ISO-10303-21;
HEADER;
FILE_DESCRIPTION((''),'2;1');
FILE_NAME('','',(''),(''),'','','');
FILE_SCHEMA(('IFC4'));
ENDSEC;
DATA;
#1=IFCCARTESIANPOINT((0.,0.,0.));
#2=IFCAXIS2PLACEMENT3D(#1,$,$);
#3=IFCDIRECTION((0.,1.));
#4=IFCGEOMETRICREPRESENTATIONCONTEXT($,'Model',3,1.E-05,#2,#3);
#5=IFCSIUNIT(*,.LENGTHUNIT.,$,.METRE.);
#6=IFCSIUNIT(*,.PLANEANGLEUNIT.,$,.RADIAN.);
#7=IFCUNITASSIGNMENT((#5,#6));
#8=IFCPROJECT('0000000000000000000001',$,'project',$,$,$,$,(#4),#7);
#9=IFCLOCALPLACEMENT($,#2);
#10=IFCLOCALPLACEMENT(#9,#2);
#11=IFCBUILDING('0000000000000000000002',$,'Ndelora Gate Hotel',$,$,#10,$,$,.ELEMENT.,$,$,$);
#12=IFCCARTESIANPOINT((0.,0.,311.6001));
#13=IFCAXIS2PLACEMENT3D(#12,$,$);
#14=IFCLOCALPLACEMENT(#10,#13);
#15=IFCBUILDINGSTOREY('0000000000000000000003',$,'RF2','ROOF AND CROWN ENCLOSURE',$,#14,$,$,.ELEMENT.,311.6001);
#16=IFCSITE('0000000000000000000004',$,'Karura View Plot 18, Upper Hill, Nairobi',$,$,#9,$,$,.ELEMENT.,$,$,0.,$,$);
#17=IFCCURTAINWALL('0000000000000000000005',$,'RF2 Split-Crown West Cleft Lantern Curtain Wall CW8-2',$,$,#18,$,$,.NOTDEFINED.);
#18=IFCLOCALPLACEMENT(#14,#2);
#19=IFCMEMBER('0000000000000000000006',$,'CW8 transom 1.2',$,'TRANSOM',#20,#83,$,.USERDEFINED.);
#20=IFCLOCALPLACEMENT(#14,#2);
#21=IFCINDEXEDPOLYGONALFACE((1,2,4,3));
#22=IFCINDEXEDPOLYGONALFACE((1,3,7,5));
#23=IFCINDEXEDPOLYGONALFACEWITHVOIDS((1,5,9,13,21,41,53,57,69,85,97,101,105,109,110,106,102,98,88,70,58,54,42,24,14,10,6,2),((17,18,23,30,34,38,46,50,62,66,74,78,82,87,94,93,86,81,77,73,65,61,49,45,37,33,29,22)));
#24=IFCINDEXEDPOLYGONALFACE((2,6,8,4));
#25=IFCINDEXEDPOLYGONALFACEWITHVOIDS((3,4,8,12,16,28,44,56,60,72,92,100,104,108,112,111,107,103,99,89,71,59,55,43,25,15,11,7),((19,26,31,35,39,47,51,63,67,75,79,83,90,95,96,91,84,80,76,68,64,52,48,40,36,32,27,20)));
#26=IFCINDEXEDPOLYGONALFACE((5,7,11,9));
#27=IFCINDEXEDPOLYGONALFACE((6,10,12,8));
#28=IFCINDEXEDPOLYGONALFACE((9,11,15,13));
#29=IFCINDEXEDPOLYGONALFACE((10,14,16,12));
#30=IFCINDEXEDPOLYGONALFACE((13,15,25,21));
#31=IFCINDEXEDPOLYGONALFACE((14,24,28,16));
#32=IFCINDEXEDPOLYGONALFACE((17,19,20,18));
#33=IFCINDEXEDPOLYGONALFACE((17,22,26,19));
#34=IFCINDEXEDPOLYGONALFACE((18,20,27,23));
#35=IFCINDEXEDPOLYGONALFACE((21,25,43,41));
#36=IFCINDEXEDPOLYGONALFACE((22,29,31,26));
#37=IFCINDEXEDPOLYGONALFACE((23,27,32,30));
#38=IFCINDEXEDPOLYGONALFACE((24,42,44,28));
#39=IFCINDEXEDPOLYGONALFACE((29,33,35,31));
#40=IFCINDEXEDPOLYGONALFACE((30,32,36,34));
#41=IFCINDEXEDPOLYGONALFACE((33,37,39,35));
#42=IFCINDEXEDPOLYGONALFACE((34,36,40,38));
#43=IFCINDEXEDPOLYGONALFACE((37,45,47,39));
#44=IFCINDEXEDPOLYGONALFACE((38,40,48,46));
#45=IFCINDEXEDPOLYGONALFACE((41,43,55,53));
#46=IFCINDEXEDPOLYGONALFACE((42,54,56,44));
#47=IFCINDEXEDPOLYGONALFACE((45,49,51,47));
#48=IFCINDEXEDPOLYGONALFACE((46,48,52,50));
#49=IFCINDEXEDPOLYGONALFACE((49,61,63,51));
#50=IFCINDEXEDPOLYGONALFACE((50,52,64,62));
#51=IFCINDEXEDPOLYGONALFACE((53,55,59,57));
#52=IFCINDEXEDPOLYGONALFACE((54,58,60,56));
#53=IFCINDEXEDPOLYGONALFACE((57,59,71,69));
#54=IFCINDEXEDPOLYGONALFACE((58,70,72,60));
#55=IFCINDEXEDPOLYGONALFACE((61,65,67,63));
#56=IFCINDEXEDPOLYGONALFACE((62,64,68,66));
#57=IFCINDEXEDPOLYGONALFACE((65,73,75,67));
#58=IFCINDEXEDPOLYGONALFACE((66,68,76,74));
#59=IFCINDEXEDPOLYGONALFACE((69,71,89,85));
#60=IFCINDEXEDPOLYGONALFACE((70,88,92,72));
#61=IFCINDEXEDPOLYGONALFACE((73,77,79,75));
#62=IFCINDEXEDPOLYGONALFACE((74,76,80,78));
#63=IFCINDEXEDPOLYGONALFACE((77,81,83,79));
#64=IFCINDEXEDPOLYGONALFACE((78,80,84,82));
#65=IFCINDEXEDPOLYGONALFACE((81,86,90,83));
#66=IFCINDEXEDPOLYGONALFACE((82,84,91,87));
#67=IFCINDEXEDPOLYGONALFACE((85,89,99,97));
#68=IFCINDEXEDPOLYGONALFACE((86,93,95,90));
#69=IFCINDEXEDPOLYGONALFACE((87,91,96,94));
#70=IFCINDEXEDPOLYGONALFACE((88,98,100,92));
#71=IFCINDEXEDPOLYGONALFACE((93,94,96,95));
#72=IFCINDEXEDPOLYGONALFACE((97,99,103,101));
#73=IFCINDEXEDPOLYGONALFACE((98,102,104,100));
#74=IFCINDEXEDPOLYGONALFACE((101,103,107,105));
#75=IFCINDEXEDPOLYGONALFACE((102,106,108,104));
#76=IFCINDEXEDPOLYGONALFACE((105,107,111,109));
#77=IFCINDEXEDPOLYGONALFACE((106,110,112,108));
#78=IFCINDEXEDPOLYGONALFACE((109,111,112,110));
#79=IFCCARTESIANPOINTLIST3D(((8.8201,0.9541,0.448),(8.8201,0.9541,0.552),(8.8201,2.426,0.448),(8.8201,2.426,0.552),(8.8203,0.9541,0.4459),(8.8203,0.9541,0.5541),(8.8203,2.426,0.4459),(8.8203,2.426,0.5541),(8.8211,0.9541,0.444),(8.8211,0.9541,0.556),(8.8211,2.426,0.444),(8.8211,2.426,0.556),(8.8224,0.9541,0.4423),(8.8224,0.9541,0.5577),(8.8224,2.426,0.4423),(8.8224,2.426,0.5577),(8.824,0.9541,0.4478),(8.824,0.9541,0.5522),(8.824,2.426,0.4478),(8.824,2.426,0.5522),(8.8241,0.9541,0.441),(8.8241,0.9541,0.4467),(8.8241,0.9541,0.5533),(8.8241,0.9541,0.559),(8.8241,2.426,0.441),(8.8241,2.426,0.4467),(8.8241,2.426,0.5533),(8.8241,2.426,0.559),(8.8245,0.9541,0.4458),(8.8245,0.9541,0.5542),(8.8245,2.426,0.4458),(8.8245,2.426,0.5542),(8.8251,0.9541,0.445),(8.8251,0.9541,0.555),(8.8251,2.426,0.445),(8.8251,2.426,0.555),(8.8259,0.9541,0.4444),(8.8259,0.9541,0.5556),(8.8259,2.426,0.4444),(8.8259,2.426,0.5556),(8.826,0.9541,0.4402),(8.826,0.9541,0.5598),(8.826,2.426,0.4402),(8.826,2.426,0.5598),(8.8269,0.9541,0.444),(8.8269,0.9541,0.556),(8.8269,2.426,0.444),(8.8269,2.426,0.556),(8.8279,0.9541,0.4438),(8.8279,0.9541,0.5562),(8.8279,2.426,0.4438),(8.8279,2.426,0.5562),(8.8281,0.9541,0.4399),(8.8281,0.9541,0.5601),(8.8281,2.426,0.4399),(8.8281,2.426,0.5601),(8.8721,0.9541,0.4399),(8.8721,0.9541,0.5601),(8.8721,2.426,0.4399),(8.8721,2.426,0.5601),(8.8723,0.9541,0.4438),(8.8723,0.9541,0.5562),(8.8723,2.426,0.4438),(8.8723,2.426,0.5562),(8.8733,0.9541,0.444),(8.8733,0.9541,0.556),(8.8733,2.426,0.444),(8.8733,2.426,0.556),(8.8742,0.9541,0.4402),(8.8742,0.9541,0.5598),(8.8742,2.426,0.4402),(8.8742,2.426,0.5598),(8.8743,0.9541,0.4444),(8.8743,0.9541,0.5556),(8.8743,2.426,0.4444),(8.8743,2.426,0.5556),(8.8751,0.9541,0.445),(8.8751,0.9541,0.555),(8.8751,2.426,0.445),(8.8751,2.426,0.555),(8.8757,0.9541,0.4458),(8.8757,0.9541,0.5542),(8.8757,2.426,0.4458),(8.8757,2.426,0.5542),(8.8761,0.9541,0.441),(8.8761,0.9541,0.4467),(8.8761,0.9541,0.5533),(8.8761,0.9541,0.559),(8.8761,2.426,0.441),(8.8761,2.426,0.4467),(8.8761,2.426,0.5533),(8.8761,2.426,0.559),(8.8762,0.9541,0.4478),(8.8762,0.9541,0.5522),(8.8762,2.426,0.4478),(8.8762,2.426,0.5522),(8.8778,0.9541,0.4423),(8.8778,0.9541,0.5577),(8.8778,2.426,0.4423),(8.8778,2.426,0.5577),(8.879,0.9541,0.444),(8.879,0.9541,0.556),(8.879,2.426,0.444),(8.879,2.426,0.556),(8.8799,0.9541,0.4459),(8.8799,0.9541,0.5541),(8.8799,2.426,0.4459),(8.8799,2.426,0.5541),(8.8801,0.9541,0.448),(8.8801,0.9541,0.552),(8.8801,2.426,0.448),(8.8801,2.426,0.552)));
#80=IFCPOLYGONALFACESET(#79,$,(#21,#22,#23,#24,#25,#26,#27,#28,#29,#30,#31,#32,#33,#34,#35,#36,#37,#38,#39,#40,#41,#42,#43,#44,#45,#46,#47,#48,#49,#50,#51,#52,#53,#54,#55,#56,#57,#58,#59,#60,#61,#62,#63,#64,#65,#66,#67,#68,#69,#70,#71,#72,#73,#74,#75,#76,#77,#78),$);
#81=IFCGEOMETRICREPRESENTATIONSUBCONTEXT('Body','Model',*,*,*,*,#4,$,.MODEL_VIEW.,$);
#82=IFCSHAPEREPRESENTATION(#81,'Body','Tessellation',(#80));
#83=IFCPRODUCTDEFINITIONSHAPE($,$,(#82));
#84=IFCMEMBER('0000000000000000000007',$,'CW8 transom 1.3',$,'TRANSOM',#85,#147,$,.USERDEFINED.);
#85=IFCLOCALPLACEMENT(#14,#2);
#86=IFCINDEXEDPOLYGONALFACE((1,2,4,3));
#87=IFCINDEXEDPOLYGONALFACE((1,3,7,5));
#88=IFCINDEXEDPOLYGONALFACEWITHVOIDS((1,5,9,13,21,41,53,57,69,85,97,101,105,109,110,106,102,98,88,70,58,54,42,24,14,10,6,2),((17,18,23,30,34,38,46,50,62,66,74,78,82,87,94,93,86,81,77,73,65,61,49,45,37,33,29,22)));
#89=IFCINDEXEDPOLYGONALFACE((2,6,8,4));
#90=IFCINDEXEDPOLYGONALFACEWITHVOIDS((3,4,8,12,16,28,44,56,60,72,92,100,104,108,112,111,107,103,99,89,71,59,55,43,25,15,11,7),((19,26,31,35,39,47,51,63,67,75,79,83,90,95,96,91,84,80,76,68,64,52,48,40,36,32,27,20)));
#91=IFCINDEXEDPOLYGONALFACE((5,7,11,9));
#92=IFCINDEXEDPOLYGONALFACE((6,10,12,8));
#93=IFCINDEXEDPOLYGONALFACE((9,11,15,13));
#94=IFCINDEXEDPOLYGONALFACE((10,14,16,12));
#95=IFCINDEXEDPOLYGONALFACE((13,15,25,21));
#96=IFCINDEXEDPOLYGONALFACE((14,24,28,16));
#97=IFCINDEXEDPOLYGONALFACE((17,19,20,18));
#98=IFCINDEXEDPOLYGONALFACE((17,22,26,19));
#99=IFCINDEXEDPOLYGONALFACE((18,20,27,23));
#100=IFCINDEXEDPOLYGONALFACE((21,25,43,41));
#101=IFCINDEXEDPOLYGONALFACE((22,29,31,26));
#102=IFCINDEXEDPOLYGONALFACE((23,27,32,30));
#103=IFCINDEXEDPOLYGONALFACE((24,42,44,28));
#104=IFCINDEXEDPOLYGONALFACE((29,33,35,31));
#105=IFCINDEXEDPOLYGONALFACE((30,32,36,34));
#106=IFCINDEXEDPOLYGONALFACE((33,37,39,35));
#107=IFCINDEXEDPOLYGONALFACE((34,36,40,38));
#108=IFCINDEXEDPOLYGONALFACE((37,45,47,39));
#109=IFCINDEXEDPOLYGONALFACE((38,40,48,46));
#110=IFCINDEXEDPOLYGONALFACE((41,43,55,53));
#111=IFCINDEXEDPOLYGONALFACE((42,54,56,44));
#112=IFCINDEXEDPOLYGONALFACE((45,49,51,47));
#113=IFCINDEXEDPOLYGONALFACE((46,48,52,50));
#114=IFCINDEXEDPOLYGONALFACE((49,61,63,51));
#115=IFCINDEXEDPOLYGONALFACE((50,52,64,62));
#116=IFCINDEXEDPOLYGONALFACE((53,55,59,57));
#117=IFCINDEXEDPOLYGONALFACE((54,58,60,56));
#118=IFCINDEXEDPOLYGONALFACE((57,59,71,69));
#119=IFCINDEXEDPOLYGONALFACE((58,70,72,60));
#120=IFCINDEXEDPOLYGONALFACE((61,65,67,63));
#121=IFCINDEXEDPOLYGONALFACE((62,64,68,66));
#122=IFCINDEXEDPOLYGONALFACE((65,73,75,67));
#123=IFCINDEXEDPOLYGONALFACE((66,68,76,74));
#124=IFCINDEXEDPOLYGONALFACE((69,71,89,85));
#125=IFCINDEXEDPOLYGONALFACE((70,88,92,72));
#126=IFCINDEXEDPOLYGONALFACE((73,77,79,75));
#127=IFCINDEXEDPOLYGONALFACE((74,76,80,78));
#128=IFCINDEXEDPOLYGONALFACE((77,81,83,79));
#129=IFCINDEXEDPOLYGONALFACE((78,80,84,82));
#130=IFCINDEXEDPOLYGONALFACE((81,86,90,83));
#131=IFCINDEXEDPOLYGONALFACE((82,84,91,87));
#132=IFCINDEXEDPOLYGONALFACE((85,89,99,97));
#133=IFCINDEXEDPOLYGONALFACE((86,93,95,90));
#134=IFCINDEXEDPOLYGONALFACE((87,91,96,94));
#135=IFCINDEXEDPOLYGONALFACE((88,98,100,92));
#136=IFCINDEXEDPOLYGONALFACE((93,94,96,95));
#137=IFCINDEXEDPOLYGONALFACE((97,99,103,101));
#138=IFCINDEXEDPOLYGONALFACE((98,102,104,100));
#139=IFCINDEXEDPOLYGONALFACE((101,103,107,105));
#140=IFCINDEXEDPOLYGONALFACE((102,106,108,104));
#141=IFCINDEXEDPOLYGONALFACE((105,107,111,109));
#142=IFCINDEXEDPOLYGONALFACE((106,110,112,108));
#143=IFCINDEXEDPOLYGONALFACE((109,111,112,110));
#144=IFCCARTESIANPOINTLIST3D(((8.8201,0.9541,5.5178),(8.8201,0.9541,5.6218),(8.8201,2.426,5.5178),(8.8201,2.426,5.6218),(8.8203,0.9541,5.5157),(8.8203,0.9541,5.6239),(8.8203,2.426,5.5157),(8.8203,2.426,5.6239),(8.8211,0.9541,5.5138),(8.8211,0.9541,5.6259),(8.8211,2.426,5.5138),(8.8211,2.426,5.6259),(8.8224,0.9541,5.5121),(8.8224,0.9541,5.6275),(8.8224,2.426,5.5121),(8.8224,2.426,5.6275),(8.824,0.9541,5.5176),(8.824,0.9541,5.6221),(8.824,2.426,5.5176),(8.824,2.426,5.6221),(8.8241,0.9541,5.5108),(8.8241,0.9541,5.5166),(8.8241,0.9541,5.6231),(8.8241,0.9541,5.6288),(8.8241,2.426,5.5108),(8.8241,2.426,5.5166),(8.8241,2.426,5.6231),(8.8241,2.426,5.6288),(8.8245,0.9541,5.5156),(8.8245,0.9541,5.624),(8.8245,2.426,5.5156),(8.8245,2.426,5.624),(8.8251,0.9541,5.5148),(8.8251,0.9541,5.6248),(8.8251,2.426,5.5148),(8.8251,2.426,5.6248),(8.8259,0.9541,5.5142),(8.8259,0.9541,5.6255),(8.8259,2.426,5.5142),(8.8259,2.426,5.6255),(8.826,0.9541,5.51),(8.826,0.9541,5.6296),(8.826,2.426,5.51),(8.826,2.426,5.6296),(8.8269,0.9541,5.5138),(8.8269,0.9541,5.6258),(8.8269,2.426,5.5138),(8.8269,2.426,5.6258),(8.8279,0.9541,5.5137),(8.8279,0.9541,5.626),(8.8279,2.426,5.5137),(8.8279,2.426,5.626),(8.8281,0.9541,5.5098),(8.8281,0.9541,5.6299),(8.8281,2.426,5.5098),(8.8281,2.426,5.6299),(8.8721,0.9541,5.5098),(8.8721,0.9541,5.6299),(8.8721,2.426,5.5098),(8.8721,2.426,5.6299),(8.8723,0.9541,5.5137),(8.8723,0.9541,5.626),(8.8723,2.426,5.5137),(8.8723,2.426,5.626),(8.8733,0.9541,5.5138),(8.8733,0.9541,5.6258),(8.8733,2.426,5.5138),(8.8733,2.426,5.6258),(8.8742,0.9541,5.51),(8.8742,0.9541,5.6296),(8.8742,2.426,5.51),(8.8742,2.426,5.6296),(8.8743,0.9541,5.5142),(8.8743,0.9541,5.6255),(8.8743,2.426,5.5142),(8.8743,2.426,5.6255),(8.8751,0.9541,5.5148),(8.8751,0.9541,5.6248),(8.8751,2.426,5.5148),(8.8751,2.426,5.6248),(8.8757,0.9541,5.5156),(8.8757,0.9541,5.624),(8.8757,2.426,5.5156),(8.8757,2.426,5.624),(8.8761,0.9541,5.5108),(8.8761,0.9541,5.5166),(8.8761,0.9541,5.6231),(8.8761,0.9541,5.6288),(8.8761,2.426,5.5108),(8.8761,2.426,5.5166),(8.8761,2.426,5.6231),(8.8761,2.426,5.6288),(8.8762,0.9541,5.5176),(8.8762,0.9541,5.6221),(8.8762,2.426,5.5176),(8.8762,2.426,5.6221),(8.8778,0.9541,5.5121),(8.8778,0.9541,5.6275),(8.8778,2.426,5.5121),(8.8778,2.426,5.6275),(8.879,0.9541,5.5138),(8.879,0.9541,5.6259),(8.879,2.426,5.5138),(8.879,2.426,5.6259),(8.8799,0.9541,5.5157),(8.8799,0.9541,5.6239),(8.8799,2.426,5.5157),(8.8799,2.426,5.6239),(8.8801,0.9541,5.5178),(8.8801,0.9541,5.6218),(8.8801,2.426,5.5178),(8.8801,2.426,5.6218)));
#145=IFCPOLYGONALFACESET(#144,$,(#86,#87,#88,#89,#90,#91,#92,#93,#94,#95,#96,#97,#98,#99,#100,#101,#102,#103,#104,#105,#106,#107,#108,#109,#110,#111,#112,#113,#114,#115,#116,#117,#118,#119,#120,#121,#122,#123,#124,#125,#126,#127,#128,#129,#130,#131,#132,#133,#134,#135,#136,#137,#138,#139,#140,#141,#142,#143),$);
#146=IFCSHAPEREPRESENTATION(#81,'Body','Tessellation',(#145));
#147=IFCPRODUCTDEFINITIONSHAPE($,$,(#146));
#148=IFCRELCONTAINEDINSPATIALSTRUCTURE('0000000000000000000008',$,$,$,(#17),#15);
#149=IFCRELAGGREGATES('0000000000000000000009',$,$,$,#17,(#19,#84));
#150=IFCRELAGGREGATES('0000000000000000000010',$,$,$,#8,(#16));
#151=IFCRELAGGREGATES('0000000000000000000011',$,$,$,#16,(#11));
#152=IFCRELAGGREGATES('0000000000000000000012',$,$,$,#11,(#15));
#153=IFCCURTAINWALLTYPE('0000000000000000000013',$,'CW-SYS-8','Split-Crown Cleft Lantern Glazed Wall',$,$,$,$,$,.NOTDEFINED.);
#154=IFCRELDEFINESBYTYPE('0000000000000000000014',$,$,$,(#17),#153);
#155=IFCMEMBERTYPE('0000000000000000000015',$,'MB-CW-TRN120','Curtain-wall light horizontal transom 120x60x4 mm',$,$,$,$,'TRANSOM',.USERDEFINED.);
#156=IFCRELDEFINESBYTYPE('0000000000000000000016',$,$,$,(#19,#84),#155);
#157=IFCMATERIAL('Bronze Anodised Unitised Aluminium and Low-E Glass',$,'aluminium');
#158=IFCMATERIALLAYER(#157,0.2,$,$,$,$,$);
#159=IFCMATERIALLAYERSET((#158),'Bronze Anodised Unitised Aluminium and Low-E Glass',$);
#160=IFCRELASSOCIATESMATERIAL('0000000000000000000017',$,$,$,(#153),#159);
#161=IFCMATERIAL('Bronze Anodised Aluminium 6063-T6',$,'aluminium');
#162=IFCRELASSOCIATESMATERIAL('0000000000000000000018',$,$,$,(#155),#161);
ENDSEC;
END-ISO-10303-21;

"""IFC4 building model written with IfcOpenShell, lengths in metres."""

from ifc_helpers import new_model, si_unit, direction, frame, origin, origin_2d, place, context, subcontext, project, spatial, hollow_rectangle, extrude, material, layer, layer_set, material_profile, profile_set, type_object, element, aggregate, save


model = new_model("IFC4")

# Units and contexts
model_context = context("Model", 3, precision=1e-05, world=origin(), true_north=direction((0.0, 1.0)))
body_context = subcontext(model_context, "Body", "Model", "MODEL_VIEW")
ifc_project = project(units=[si_unit("LENGTHUNIT", "METRE"), si_unit("PLANEANGLEUNIT", "RADIAN")], contexts=[model_context])

# Site, building, storey
site_placement = place(None, origin())
site = spatial("IfcSite", under=ifc_project, at=site_placement, Name="Karura View Plot 18, Upper Hill, Nairobi", CompositionType="ELEMENT", RefElevation=0.0)
building_placement = place(site_placement, origin())
building = spatial("IfcBuilding", under=site, at=building_placement, Name="Ndelora Gate Hotel", CompositionType="ELEMENT")
storey_placement = place(building_placement, frame((0.0, 0.0, 311.6001)))
storey = spatial("IfcBuildingStorey", under=building, at=storey_placement, Name="RF2", Description="ROOF AND CROWN ENCLOSURE", CompositionType="ELEMENT", Elevation=311.6001)

# Curtain wall, members
ifc_material_1 = material(Name="Bronze Anodised Unitised Aluminium and Low-E Glass", Category="aluminium")
ifc_layer_1 = layer(ifc_material_1, 0.2)
ifc_layer_set_1 = layer_set([ifc_layer_1], Name="Bronze Anodised Unitised Aluminium and Low-E Glass")
curtain_wall_type = type_object("IfcCurtainWallType", Name="CW-SYS-8", Description="Split-Crown Cleft Lantern Glazed Wall", PredefinedType="NOTDEFINED", material=ifc_layer_set_1)
curtain_wall_placement = place(storey_placement, origin())
curtain_wall = element("IfcCurtainWall", 1, at=curtain_wall_placement, inside=storey, type_object=curtain_wall_type, Name="RF2 Split-Crown West Cleft Lantern Curtain Wall CW8-2", PredefinedType="NOTDEFINED")
ifc_material_2 = material(Name="Bronze Anodised Aluminium 6063-T6", Category="aluminium")
ifc_material_profile_1 = material_profile(ifc_material_2, hollow_rectangle(XDim=0.0601, YDim=0.1201, WallThickness=0.0039, InnerFilletRadius=0.0039, OuterFilletRadius=0.0081, at=origin_2d()), Name="ALU 120x60x4")
ifc_profile_set_1 = profile_set([ifc_material_profile_1], Name="Bronze Anodised Aluminium 6063-T6")
member_type_1 = type_object("IfcMemberType", Name="MB-CW-TRN120", Description="Curtain-wall light horizontal transom 120x60x4 mm", ElementType="TRANSOM", PredefinedType="USERDEFINED", material=ifc_profile_set_1)
member_1_placement = place(storey_placement, frame((8.8501, 0.9541, 0.5), z_axis=(0.0, 1.0, 0.0), x_axis=(-1.0, 0.0, 0.0)))
member_1 = element("IfcMember", 2, at=member_1_placement, type_object=member_type_1, Name="CW8 transom 1.2", ObjectType="TRANSOM", PredefinedType="USERDEFINED", context=body_context, shape_type="SweptSolid", body=[
    extrude(hollow_rectangle(XDim=0.0601, YDim=0.1201, WallThickness=0.0039, InnerFilletRadius=0.0039, OuterFilletRadius=0.0081, at=origin_2d()), origin(), (0.0, 0.0, 1.0), 1.4719),
])
member_2_placement = place(storey_placement, frame((8.8501, 0.9541, 5.5698), z_axis=(0.0, 1.0, 0.0), x_axis=(-1.0, 0.0, 0.0)))
member_2 = element("IfcMember", 3, at=member_2_placement, type_object=member_type_1, Name="CW8 transom 1.3", ObjectType="TRANSOM", PredefinedType="USERDEFINED", context=body_context, shape_type="SweptSolid", body=[
    extrude(hollow_rectangle(XDim=0.0601, YDim=0.1201, WallThickness=0.0039, InnerFilletRadius=0.0039, OuterFilletRadius=0.0081, at=origin_2d()), origin(), (0.0, 0.0, 1.0), 1.4719),
])
aggregate(curtain_wall, [member_1, member_2])

save(model, "model.ifc")
